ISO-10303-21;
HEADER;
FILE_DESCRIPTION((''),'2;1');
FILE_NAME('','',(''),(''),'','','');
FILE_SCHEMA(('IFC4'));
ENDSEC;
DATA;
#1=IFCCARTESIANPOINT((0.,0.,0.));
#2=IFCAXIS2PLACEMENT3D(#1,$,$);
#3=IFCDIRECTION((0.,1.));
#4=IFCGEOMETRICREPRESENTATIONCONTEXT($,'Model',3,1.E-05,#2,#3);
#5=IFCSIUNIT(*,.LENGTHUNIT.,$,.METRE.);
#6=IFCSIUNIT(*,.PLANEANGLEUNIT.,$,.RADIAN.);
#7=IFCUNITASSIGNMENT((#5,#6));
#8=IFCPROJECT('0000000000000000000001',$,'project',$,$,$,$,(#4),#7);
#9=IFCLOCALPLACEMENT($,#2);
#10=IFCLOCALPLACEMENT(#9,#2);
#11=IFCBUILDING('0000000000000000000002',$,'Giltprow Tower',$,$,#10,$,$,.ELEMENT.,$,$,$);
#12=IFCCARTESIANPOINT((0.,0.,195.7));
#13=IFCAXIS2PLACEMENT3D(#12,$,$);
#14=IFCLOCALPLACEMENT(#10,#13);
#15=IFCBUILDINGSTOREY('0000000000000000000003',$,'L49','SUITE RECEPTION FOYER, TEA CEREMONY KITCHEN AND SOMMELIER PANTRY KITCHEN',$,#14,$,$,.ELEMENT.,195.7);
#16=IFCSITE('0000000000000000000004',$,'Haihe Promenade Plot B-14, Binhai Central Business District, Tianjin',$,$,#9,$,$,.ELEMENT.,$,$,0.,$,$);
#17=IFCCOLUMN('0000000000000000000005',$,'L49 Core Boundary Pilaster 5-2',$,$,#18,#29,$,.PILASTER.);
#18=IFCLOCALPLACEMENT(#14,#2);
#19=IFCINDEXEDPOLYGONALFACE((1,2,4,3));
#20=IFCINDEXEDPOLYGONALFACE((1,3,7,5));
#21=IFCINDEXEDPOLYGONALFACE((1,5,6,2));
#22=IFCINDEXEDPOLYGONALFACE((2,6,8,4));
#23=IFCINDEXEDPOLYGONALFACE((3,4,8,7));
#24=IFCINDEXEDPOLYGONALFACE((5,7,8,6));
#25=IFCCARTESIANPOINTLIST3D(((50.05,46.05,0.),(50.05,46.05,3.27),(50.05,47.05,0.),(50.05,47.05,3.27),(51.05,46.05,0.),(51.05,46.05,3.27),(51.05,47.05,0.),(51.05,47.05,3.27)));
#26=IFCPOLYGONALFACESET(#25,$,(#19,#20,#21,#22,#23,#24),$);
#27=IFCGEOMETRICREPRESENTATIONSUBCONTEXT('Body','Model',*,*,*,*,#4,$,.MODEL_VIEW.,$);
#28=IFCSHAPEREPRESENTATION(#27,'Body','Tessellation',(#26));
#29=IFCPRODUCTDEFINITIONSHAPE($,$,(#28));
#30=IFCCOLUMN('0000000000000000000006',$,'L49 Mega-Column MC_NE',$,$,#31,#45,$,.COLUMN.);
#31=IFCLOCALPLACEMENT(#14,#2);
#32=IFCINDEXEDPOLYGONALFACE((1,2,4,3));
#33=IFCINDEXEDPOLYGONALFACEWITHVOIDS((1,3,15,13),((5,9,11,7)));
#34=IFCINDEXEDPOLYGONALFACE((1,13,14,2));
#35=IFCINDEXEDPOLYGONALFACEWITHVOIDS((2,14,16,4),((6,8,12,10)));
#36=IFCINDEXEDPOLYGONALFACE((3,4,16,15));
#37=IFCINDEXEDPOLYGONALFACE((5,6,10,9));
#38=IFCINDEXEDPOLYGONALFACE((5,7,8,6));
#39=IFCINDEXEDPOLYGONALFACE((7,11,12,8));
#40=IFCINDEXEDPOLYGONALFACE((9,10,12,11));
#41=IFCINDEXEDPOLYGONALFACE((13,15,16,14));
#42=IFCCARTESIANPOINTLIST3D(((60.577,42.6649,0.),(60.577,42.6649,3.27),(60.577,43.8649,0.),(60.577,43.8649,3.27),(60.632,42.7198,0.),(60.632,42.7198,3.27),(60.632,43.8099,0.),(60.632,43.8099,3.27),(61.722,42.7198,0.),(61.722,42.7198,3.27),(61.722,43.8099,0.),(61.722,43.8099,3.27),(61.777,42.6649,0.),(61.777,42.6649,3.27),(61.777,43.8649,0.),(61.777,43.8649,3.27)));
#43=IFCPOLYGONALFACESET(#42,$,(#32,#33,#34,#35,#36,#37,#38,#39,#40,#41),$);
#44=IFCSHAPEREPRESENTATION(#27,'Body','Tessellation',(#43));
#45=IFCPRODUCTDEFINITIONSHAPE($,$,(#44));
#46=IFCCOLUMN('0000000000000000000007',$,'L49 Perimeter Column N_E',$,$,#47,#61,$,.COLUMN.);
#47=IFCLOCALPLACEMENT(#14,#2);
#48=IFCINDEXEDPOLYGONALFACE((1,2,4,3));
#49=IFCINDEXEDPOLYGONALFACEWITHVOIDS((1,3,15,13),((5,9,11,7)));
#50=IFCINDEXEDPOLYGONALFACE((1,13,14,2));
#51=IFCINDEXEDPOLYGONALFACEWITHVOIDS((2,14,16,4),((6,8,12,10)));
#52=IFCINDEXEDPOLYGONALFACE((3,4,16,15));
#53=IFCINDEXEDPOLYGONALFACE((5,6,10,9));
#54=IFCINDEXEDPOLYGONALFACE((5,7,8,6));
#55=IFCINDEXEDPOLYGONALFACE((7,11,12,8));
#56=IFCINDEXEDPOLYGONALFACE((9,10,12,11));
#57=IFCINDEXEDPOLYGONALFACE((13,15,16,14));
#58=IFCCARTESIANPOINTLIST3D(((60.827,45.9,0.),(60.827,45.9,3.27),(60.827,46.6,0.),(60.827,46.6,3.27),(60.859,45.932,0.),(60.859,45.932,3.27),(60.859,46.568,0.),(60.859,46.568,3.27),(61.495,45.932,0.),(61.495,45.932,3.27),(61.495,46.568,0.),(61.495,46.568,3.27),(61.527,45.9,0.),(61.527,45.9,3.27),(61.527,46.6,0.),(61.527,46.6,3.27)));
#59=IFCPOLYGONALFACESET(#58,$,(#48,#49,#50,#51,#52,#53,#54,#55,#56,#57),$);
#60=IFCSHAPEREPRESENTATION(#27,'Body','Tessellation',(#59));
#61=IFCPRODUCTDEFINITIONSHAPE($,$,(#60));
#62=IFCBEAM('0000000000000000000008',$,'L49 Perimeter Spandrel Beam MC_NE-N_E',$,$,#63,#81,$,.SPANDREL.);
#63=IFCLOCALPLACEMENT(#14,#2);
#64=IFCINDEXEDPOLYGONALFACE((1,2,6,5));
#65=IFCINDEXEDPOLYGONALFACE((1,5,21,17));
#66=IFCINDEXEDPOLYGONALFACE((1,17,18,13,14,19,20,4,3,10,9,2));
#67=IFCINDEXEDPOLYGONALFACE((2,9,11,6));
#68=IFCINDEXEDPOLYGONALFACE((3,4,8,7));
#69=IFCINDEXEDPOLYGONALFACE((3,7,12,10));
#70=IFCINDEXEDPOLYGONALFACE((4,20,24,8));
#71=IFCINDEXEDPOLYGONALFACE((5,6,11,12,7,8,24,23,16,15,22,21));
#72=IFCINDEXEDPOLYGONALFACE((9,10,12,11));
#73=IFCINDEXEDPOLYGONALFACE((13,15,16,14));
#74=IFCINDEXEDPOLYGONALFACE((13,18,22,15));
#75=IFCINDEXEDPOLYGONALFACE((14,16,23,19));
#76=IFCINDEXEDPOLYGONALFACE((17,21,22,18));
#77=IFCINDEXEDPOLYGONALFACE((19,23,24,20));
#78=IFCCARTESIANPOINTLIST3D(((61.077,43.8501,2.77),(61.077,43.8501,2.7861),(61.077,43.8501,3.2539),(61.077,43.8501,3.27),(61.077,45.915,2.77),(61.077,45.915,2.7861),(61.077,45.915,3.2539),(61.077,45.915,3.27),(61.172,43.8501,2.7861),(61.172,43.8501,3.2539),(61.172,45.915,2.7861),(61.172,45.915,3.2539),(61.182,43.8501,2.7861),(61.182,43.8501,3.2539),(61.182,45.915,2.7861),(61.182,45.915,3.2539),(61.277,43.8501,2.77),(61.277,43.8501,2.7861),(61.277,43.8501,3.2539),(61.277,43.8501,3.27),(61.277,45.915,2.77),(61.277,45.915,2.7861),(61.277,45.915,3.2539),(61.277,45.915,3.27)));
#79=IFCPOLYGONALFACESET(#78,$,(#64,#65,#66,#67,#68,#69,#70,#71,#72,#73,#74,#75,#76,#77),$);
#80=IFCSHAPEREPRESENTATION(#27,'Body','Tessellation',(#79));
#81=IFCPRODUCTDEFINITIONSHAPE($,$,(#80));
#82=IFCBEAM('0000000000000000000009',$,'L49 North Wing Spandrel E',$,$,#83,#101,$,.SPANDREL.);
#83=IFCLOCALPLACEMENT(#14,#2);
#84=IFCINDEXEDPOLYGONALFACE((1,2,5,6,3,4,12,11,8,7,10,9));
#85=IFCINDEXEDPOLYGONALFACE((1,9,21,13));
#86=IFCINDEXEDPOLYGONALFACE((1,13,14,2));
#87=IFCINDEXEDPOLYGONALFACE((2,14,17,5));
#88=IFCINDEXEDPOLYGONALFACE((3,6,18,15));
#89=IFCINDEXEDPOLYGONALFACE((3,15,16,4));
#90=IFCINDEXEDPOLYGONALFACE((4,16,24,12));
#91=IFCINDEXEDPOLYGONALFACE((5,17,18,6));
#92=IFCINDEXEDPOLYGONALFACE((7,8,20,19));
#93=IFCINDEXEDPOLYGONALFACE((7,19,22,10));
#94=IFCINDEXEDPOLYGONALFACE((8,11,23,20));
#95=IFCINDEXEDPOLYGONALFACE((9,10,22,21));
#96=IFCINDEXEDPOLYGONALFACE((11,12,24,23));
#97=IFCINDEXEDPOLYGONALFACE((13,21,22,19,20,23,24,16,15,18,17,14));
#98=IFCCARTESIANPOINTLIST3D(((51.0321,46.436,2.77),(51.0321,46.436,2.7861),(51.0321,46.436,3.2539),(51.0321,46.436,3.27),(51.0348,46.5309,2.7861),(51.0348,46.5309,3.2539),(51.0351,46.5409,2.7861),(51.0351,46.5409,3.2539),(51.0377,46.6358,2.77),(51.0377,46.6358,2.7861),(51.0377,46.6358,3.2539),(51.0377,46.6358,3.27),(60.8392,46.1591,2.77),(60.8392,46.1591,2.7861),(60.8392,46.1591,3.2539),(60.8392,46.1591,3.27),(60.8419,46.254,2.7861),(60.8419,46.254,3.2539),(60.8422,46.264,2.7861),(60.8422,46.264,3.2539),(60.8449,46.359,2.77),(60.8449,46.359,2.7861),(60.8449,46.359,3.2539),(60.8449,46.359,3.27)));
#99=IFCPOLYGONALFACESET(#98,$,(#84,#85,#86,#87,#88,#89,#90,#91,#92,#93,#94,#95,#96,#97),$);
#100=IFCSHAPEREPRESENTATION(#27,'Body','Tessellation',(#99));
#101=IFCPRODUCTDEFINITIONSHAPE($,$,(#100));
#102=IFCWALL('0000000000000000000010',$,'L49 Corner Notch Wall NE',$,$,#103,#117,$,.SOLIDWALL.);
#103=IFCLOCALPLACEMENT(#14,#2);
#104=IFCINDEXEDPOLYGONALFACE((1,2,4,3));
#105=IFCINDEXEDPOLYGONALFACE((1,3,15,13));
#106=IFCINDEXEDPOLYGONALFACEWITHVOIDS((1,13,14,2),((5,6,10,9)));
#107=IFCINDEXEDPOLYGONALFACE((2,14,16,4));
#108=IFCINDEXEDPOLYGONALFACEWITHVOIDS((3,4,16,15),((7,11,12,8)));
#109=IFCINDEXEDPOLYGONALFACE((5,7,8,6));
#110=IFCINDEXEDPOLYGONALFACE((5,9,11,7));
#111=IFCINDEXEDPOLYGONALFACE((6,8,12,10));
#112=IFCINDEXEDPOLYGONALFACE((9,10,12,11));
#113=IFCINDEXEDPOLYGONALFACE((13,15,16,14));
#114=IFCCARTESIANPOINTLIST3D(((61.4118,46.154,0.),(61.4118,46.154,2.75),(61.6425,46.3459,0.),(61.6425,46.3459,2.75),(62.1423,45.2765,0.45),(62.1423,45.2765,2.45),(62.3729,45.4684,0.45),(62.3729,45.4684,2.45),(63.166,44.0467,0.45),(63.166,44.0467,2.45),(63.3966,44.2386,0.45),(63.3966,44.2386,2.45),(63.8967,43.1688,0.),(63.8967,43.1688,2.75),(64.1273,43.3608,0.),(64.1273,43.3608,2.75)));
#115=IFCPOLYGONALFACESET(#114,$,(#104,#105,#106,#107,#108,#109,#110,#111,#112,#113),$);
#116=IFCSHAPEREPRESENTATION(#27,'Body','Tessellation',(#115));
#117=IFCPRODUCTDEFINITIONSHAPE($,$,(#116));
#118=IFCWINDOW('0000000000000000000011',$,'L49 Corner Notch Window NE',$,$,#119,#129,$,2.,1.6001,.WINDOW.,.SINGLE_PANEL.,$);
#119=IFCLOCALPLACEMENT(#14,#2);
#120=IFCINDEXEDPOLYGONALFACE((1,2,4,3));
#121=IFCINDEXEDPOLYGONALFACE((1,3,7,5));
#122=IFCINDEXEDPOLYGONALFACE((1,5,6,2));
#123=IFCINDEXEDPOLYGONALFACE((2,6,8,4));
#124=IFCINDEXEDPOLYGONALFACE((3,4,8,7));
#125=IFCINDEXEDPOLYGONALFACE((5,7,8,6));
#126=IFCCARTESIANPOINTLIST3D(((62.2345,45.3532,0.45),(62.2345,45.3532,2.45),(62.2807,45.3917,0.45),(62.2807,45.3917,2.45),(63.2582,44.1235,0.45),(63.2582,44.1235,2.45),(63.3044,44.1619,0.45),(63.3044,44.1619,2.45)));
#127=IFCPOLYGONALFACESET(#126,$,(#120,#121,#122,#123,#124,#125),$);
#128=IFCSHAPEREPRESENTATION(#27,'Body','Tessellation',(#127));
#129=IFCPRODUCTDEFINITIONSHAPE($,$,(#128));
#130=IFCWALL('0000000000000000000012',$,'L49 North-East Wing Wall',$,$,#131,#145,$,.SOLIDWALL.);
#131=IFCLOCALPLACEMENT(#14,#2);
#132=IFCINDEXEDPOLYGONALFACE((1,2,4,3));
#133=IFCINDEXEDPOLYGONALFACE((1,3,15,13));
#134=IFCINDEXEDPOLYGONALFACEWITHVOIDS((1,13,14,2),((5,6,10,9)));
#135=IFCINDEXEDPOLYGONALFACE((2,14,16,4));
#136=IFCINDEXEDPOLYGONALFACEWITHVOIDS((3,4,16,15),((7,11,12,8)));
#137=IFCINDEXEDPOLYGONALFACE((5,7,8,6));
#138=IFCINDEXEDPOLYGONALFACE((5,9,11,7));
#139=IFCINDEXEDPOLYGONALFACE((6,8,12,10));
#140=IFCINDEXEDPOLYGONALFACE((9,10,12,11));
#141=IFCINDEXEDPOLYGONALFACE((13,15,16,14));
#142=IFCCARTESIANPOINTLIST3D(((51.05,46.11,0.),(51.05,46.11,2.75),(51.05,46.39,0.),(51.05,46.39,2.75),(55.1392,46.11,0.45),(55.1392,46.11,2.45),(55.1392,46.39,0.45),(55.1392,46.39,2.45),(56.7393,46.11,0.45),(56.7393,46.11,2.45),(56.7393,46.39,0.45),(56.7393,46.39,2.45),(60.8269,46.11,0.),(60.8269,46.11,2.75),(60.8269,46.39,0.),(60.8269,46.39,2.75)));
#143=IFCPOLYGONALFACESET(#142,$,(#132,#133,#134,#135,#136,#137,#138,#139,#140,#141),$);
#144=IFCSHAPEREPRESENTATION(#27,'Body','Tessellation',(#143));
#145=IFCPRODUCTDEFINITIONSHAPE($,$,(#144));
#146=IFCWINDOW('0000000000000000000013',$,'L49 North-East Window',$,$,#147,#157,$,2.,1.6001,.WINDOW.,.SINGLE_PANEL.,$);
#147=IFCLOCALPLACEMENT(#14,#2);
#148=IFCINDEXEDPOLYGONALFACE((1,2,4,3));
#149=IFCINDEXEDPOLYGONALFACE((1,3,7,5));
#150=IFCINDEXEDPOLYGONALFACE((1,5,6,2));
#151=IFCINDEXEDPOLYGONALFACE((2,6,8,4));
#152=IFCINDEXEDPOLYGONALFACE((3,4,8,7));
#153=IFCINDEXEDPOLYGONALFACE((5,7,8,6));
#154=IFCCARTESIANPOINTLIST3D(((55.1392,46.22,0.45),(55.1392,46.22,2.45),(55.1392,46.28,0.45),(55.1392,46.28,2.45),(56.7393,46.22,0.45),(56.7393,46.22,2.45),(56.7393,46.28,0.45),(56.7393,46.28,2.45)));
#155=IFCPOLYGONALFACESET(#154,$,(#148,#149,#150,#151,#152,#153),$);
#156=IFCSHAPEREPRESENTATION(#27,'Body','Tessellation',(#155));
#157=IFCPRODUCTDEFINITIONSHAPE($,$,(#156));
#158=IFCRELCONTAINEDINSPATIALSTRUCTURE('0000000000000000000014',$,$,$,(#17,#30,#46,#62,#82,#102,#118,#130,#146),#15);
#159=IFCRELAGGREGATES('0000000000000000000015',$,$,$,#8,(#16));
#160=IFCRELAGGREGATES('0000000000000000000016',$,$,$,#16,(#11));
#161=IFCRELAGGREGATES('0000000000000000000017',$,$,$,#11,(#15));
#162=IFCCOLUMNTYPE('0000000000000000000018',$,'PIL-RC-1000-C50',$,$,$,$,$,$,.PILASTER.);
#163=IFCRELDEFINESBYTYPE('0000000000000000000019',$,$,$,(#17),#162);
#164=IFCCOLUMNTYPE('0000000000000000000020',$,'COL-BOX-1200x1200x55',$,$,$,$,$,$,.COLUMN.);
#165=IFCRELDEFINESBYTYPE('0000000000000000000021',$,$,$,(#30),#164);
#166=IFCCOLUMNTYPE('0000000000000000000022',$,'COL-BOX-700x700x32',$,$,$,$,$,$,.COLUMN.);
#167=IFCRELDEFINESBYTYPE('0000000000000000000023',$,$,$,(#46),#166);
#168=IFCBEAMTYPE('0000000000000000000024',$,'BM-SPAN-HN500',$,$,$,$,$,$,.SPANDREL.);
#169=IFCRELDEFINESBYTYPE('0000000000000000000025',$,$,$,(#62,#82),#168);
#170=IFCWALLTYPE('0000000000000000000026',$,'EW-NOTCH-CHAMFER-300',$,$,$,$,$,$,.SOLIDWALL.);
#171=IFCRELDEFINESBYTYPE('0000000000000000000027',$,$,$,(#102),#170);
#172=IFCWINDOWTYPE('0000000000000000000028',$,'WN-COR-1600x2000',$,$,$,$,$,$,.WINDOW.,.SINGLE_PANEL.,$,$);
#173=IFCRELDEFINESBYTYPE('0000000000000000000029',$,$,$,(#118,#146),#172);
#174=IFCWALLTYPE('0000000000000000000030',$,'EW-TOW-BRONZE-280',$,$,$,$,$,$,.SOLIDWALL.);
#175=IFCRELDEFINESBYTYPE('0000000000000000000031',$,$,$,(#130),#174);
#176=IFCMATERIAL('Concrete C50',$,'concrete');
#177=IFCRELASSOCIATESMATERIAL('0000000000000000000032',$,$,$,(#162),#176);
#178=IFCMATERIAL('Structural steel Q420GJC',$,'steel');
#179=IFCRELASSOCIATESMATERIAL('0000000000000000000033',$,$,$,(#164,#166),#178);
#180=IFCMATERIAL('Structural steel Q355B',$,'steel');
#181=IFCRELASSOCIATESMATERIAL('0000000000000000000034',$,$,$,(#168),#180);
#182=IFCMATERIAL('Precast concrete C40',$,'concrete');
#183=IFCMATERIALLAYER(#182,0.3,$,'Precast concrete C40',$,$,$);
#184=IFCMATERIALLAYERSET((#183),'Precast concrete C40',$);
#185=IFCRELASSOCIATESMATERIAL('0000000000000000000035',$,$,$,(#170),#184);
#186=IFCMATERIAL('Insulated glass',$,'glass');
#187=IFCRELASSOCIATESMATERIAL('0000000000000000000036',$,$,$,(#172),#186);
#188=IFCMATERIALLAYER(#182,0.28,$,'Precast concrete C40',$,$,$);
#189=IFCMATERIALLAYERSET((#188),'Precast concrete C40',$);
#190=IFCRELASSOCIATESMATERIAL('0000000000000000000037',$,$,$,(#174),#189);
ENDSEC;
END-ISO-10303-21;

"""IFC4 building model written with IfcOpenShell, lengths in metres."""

from ifc_helpers import new_model, si_unit, direction, frame, frame_2d, origin, origin_2d, place, context, subcontext, project, spatial, rectangle, hollow_rectangle, i_section, extrude, source, transform, mapped, material, layer, layer_set, material_profile, profile_set, type_object, element, fill, save


model = new_model("IFC4")

# Units and contexts
model_context = context("Model", 3, precision=1e-05, world=origin(), true_north=direction((0.0, 1.0)))
body_context = subcontext(model_context, "Body", "Model", "MODEL_VIEW")
ifc_project = project(units=[si_unit("LENGTHUNIT", "METRE"), si_unit("PLANEANGLEUNIT", "RADIAN")], contexts=[model_context])

# Site, building, storey
site_placement = place(None, origin())
site = spatial("IfcSite", under=ifc_project, at=site_placement, Name="Haihe Promenade Plot B-14, Binhai Central Business District, Tianjin", CompositionType="ELEMENT", RefElevation=0.0)
building_placement = place(site_placement, origin())
building = spatial("IfcBuilding", under=site, at=building_placement, Name="Giltprow Tower", CompositionType="ELEMENT")
storey_placement = place(building_placement, frame((0.0, 0.0, 195.7)))
storey = spatial("IfcBuildingStorey", under=building, at=storey_placement, Name="L49", Description="SUITE RECEPTION FOYER, TEA CEREMONY KITCHEN AND SOMMELIER PANTRY KITCHEN", CompositionType="ELEMENT", Elevation=195.7)

# Columns
ifc_material_1 = material(Name="Concrete C50", Category="concrete")
ifc_material_profile_1 = material_profile(ifc_material_1, rectangle(XDim=1.0, YDim=1.0, at=origin_2d()), Name="RC 1000x1000")
ifc_profile_set_1 = profile_set([ifc_material_profile_1], Name="Concrete C50")
column_type_1 = type_object("IfcColumnType", Name="PIL-RC-1000-C50", PredefinedType="PILASTER", material=ifc_profile_set_1)
shared_shape_1 = source(origin(), body_context, "Body", "SweptSolid", [
    extrude(rectangle(XDim=1.0, YDim=1.0, at=origin_2d()), origin(), (0.0, 0.0, 1.0), 3.27),
])
column_1_placement = place(storey_placement, frame((50.55, 46.55, 0.0), z_axis=(0.0, 0.0, 1.0), x_axis=(1.0, 0.0, 0.0)))
element("IfcColumn", 1, at=column_1_placement, inside=storey, type_object=column_type_1, Name="L49 Core Boundary Pilaster 5-2", PredefinedType="PILASTER", context=body_context, shape_type="MappedRepresentation", body=[
    mapped(shared_shape_1, transform((0.0, 0.0, 0.0), x_axis=(1.0, 0.0, 0.0), y_axis=(0.0, 1.0, 0.0), z_axis=(0.0, 0.0, 1.0), scale=1.0)),
])
ifc_material_2 = material(Name="Structural steel Q420GJC", Category="steel")
ifc_material_profile_2 = material_profile(ifc_material_2, hollow_rectangle(XDim=1.2, YDim=1.2, WallThickness=0.0549, at=origin_2d()), Name="BOX 1200x1200x55")
ifc_profile_set_2 = profile_set([ifc_material_profile_2], Name="Structural steel Q420GJC")
column_type_2 = type_object("IfcColumnType", Name="COL-BOX-1200x1200x55", PredefinedType="COLUMN", material=ifc_profile_set_2)
shared_shape_2 = source(origin(), body_context, "Body", "SweptSolid", [
    extrude(hollow_rectangle(XDim=1.2, YDim=1.2, WallThickness=0.0549, at=origin_2d()), origin(), (0.0, 0.0, 1.0), 3.27),
])
column_2_placement = place(storey_placement, frame((61.177, 43.2649, 0.0), z_axis=(0.0, 0.0, 1.0), x_axis=(1.0, 0.0, 0.0)))
element("IfcColumn", 2, at=column_2_placement, inside=storey, type_object=column_type_2, Name="L49 Mega-Column MC_NE", PredefinedType="COLUMN", context=body_context, shape_type="MappedRepresentation", body=[
    mapped(shared_shape_2, transform((0.0, 0.0, 0.0), x_axis=(1.0, 0.0, 0.0), y_axis=(0.0, 1.0, 0.0), z_axis=(0.0, 0.0, 1.0), scale=1.0)),
])
ifc_material_profile_3 = material_profile(ifc_material_2, hollow_rectangle(XDim=0.7, YDim=0.7, WallThickness=0.032, at=origin_2d()), Name="BOX 700x700x32")
ifc_profile_set_3 = profile_set([ifc_material_profile_3], Name="Structural steel Q420GJC")
column_type_3 = type_object("IfcColumnType", Name="COL-BOX-700x700x32", PredefinedType="COLUMN", material=ifc_profile_set_3)
shared_shape_3 = source(origin(), body_context, "Body", "SweptSolid", [
    extrude(hollow_rectangle(XDim=0.7, YDim=0.7, WallThickness=0.032, at=origin_2d()), origin(), (0.0, 0.0, 1.0), 3.27),
])
column_3_placement = place(storey_placement, frame((61.177, 46.25, 0.0), z_axis=(0.0, 0.0, 1.0), x_axis=(1.0, 0.0, 0.0)))
element("IfcColumn", 3, at=column_3_placement, inside=storey, type_object=column_type_3, Name="L49 Perimeter Column N_E", PredefinedType="COLUMN", context=body_context, shape_type="MappedRepresentation", body=[
    mapped(shared_shape_3, transform((0.0, 0.0, 0.0), x_axis=(1.0, 0.0, 0.0), y_axis=(0.0, 1.0, 0.0), z_axis=(0.0, 0.0, 1.0), scale=1.0)),
])

# Beams
ifc_material_3 = material(Name="Structural steel Q355B", Category="steel")
ifc_material_profile_4 = material_profile(ifc_material_3, i_section(OverallWidth=0.2, OverallDepth=0.5, WebThickness=0.01, FlangeThickness=0.0161, at=origin_2d()), Name="HN 500x200x10x16")
ifc_profile_set_4 = profile_set([ifc_material_profile_4], Name="Structural steel Q355B")
beam_type = type_object("IfcBeamType", Name="BM-SPAN-HN500", PredefinedType="SPANDREL", material=ifc_profile_set_4)
shared_shape_4 = source(origin(), body_context, "Body", "SweptSolid", [
    extrude(i_section(OverallWidth=0.2, OverallDepth=0.5, WebThickness=0.01, FlangeThickness=0.0161, at=origin_2d()), origin(), (0.0, 0.0, 1.0), 2.0649),
])
beam_1_placement = place(storey_placement, frame((61.177, 43.8501, 3.02), z_axis=(0.0, 1.0, 0.0), x_axis=(-1.0, 0.0, 0.0)))
element("IfcBeam", 4, at=beam_1_placement, inside=storey, type_object=beam_type, Name="L49 Perimeter Spandrel Beam MC_NE-N_E", PredefinedType="SPANDREL", context=body_context, shape_type="MappedRepresentation", body=[
    mapped(shared_shape_4, transform((0.0, 0.0, 0.0), x_axis=(1.0, 0.0, 0.0), y_axis=(0.0, 1.0, 0.0), z_axis=(0.0, 0.0, 1.0), scale=1.0)),
])
shared_shape_5 = source(origin(), body_context, "Body", "SweptSolid", [
    extrude(i_section(OverallWidth=0.2, OverallDepth=0.5, WebThickness=0.01, FlangeThickness=0.0161, at=origin_2d()), origin(), (0.0, 0.0, 1.0), 9.811),
])
beam_2_placement = place(storey_placement, frame((51.0349, 46.5359, 3.02), z_axis=(0.999602, -0.028219, 0.0), x_axis=(0.028219, 0.999602, 0.0)))
element("IfcBeam", 5, at=beam_2_placement, inside=storey, type_object=beam_type, Name="L49 North Wing Spandrel E", PredefinedType="SPANDREL", context=body_context, shape_type="MappedRepresentation", body=[
    mapped(shared_shape_5, transform((0.0, 0.0, 0.0), x_axis=(1.0, 0.0, 0.0), y_axis=(0.0, 1.0, 0.0), z_axis=(0.0, 0.0, 1.0), scale=1.0)),
])

# Walls, openings, windows
ifc_material_4 = material(Name="Precast concrete C40", Category="concrete")
ifc_layer_1 = layer(ifc_material_4, 0.3, Name="Precast concrete C40")
ifc_layer_set_1 = layer_set([ifc_layer_1], Name="Precast concrete C40")
wall_type_1 = type_object("IfcWallType", Name="EW-NOTCH-CHAMFER-300", PredefinedType="SOLIDWALL", material=ifc_layer_set_1)
wall_1_placement = place(storey_placement, frame((64.012, 43.2649, 0.0), z_axis=(0.0, 0.0, 1.0), x_axis=(-0.63977, 0.768566, 0.0)))
wall_1 = element("IfcWall", 6, at=wall_1_placement, inside=storey, type_object=wall_type_1, Name="L49 Corner Notch Wall NE", PredefinedType="SOLIDWALL", context=body_context, shape_type="SweptSolid", body=[
    extrude(rectangle(XDim=3.884, YDim=0.3, at=frame_2d((1.9419, 0.0))), origin(), (0.0, 0.0, 1.0), 2.75),
])
opening_1_placement = place(wall_1_placement, frame((1.1421, 0.0, 0.45)))
opening_1 = element("IfcOpeningElement", 7, at=opening_1_placement, cuts=wall_1, PredefinedType="OPENING", context=body_context, shape_type="SweptSolid", body=[
    extrude(rectangle(XDim=1.6001, YDim=2.0, at=frame_2d((0.8, 1.0))), frame((0.0, 0.1599, 0.0), z_axis=(0.0, -1.0, 0.0), x_axis=(1.0, 0.0, 0.0)), (0.0, 0.0, 1.0), 0.3201),
])
ifc_material_5 = material(Name="Insulated glass", Category="glass")
window_type = type_object("IfcWindowType", Name="WN-COR-1600x2000", PartitioningType="SINGLE_PANEL", PredefinedType="WINDOW", material=ifc_material_5)
shared_shape_6 = source(origin(), body_context, "Body", "SweptSolid", [
    extrude(rectangle(XDim=1.6001, YDim=2.0, at=frame_2d((0.8, 1.0))), frame((0.0, 0.03, 0.0), z_axis=(0.0, -1.0, 0.0), x_axis=(1.0, 0.0, 0.0)), (0.0, 0.0, 1.0), 0.0601),
])
window_1_placement = place(opening_1_placement, origin())
window_1 = element("IfcWindow", 8, at=window_1_placement, inside=storey, type_object=window_type, Name="L49 Corner Notch Window NE", OverallHeight=2.0, OverallWidth=1.6001, PartitioningType="SINGLE_PANEL", PredefinedType="WINDOW", context=body_context, shape_type="MappedRepresentation", body=[
    mapped(shared_shape_6, transform((0.0, 0.0, 0.0), x_axis=(1.0, 0.0, 0.0), y_axis=(0.0, 1.0, 0.0), z_axis=(0.0, 0.0, 1.0), scale=1.0)),
])
fill(opening_1, window_1)
ifc_layer_2 = layer(ifc_material_4, 0.28, Name="Precast concrete C40")
ifc_layer_set_2 = layer_set([ifc_layer_2], Name="Precast concrete C40")
wall_type_2 = type_object("IfcWallType", Name="EW-TOW-BRONZE-280", PredefinedType="SOLIDWALL", material=ifc_layer_set_2)
wall_2_placement = place(storey_placement, frame((51.05, 46.25, 0.0), z_axis=(0.0, 0.0, 1.0), x_axis=(1.0, 0.0, 0.0)))
wall_2 = element("IfcWall", 9, at=wall_2_placement, inside=storey, type_object=wall_type_2, Name="L49 North-East Wing Wall", PredefinedType="SOLIDWALL", context=body_context, shape_type="SweptSolid", body=[
    extrude(rectangle(XDim=9.7769, YDim=0.28, at=frame_2d((4.8884, 0.0))), origin(), (0.0, 0.0, 1.0), 2.75),
])
opening_2_placement = place(wall_2_placement, frame((4.0891, 0.0, 0.45)))
opening_2 = element("IfcOpeningElement", 10, at=opening_2_placement, cuts=wall_2, PredefinedType="OPENING", context=body_context, shape_type="SweptSolid", body=[
    extrude(rectangle(XDim=1.6001, YDim=2.0, at=frame_2d((0.8, 1.0))), frame((0.0, 0.1499, 0.0), z_axis=(0.0, -1.0, 0.0), x_axis=(1.0, 0.0, 0.0)), (0.0, 0.0, 1.0), 0.3),
])
window_2_placement = place(opening_2_placement, origin())
window_2 = element("IfcWindow", 11, at=window_2_placement, inside=storey, type_object=window_type, Name="L49 North-East Window", OverallHeight=2.0, OverallWidth=1.6001, PartitioningType="SINGLE_PANEL", PredefinedType="WINDOW", context=body_context, shape_type="MappedRepresentation", body=[
    mapped(shared_shape_6, transform((0.0, 0.0, 0.0), x_axis=(1.0, 0.0, 0.0), y_axis=(0.0, 1.0, 0.0), z_axis=(0.0, 0.0, 1.0), scale=1.0)),
])
fill(opening_2, window_2)

save(model, "model.ifc")
